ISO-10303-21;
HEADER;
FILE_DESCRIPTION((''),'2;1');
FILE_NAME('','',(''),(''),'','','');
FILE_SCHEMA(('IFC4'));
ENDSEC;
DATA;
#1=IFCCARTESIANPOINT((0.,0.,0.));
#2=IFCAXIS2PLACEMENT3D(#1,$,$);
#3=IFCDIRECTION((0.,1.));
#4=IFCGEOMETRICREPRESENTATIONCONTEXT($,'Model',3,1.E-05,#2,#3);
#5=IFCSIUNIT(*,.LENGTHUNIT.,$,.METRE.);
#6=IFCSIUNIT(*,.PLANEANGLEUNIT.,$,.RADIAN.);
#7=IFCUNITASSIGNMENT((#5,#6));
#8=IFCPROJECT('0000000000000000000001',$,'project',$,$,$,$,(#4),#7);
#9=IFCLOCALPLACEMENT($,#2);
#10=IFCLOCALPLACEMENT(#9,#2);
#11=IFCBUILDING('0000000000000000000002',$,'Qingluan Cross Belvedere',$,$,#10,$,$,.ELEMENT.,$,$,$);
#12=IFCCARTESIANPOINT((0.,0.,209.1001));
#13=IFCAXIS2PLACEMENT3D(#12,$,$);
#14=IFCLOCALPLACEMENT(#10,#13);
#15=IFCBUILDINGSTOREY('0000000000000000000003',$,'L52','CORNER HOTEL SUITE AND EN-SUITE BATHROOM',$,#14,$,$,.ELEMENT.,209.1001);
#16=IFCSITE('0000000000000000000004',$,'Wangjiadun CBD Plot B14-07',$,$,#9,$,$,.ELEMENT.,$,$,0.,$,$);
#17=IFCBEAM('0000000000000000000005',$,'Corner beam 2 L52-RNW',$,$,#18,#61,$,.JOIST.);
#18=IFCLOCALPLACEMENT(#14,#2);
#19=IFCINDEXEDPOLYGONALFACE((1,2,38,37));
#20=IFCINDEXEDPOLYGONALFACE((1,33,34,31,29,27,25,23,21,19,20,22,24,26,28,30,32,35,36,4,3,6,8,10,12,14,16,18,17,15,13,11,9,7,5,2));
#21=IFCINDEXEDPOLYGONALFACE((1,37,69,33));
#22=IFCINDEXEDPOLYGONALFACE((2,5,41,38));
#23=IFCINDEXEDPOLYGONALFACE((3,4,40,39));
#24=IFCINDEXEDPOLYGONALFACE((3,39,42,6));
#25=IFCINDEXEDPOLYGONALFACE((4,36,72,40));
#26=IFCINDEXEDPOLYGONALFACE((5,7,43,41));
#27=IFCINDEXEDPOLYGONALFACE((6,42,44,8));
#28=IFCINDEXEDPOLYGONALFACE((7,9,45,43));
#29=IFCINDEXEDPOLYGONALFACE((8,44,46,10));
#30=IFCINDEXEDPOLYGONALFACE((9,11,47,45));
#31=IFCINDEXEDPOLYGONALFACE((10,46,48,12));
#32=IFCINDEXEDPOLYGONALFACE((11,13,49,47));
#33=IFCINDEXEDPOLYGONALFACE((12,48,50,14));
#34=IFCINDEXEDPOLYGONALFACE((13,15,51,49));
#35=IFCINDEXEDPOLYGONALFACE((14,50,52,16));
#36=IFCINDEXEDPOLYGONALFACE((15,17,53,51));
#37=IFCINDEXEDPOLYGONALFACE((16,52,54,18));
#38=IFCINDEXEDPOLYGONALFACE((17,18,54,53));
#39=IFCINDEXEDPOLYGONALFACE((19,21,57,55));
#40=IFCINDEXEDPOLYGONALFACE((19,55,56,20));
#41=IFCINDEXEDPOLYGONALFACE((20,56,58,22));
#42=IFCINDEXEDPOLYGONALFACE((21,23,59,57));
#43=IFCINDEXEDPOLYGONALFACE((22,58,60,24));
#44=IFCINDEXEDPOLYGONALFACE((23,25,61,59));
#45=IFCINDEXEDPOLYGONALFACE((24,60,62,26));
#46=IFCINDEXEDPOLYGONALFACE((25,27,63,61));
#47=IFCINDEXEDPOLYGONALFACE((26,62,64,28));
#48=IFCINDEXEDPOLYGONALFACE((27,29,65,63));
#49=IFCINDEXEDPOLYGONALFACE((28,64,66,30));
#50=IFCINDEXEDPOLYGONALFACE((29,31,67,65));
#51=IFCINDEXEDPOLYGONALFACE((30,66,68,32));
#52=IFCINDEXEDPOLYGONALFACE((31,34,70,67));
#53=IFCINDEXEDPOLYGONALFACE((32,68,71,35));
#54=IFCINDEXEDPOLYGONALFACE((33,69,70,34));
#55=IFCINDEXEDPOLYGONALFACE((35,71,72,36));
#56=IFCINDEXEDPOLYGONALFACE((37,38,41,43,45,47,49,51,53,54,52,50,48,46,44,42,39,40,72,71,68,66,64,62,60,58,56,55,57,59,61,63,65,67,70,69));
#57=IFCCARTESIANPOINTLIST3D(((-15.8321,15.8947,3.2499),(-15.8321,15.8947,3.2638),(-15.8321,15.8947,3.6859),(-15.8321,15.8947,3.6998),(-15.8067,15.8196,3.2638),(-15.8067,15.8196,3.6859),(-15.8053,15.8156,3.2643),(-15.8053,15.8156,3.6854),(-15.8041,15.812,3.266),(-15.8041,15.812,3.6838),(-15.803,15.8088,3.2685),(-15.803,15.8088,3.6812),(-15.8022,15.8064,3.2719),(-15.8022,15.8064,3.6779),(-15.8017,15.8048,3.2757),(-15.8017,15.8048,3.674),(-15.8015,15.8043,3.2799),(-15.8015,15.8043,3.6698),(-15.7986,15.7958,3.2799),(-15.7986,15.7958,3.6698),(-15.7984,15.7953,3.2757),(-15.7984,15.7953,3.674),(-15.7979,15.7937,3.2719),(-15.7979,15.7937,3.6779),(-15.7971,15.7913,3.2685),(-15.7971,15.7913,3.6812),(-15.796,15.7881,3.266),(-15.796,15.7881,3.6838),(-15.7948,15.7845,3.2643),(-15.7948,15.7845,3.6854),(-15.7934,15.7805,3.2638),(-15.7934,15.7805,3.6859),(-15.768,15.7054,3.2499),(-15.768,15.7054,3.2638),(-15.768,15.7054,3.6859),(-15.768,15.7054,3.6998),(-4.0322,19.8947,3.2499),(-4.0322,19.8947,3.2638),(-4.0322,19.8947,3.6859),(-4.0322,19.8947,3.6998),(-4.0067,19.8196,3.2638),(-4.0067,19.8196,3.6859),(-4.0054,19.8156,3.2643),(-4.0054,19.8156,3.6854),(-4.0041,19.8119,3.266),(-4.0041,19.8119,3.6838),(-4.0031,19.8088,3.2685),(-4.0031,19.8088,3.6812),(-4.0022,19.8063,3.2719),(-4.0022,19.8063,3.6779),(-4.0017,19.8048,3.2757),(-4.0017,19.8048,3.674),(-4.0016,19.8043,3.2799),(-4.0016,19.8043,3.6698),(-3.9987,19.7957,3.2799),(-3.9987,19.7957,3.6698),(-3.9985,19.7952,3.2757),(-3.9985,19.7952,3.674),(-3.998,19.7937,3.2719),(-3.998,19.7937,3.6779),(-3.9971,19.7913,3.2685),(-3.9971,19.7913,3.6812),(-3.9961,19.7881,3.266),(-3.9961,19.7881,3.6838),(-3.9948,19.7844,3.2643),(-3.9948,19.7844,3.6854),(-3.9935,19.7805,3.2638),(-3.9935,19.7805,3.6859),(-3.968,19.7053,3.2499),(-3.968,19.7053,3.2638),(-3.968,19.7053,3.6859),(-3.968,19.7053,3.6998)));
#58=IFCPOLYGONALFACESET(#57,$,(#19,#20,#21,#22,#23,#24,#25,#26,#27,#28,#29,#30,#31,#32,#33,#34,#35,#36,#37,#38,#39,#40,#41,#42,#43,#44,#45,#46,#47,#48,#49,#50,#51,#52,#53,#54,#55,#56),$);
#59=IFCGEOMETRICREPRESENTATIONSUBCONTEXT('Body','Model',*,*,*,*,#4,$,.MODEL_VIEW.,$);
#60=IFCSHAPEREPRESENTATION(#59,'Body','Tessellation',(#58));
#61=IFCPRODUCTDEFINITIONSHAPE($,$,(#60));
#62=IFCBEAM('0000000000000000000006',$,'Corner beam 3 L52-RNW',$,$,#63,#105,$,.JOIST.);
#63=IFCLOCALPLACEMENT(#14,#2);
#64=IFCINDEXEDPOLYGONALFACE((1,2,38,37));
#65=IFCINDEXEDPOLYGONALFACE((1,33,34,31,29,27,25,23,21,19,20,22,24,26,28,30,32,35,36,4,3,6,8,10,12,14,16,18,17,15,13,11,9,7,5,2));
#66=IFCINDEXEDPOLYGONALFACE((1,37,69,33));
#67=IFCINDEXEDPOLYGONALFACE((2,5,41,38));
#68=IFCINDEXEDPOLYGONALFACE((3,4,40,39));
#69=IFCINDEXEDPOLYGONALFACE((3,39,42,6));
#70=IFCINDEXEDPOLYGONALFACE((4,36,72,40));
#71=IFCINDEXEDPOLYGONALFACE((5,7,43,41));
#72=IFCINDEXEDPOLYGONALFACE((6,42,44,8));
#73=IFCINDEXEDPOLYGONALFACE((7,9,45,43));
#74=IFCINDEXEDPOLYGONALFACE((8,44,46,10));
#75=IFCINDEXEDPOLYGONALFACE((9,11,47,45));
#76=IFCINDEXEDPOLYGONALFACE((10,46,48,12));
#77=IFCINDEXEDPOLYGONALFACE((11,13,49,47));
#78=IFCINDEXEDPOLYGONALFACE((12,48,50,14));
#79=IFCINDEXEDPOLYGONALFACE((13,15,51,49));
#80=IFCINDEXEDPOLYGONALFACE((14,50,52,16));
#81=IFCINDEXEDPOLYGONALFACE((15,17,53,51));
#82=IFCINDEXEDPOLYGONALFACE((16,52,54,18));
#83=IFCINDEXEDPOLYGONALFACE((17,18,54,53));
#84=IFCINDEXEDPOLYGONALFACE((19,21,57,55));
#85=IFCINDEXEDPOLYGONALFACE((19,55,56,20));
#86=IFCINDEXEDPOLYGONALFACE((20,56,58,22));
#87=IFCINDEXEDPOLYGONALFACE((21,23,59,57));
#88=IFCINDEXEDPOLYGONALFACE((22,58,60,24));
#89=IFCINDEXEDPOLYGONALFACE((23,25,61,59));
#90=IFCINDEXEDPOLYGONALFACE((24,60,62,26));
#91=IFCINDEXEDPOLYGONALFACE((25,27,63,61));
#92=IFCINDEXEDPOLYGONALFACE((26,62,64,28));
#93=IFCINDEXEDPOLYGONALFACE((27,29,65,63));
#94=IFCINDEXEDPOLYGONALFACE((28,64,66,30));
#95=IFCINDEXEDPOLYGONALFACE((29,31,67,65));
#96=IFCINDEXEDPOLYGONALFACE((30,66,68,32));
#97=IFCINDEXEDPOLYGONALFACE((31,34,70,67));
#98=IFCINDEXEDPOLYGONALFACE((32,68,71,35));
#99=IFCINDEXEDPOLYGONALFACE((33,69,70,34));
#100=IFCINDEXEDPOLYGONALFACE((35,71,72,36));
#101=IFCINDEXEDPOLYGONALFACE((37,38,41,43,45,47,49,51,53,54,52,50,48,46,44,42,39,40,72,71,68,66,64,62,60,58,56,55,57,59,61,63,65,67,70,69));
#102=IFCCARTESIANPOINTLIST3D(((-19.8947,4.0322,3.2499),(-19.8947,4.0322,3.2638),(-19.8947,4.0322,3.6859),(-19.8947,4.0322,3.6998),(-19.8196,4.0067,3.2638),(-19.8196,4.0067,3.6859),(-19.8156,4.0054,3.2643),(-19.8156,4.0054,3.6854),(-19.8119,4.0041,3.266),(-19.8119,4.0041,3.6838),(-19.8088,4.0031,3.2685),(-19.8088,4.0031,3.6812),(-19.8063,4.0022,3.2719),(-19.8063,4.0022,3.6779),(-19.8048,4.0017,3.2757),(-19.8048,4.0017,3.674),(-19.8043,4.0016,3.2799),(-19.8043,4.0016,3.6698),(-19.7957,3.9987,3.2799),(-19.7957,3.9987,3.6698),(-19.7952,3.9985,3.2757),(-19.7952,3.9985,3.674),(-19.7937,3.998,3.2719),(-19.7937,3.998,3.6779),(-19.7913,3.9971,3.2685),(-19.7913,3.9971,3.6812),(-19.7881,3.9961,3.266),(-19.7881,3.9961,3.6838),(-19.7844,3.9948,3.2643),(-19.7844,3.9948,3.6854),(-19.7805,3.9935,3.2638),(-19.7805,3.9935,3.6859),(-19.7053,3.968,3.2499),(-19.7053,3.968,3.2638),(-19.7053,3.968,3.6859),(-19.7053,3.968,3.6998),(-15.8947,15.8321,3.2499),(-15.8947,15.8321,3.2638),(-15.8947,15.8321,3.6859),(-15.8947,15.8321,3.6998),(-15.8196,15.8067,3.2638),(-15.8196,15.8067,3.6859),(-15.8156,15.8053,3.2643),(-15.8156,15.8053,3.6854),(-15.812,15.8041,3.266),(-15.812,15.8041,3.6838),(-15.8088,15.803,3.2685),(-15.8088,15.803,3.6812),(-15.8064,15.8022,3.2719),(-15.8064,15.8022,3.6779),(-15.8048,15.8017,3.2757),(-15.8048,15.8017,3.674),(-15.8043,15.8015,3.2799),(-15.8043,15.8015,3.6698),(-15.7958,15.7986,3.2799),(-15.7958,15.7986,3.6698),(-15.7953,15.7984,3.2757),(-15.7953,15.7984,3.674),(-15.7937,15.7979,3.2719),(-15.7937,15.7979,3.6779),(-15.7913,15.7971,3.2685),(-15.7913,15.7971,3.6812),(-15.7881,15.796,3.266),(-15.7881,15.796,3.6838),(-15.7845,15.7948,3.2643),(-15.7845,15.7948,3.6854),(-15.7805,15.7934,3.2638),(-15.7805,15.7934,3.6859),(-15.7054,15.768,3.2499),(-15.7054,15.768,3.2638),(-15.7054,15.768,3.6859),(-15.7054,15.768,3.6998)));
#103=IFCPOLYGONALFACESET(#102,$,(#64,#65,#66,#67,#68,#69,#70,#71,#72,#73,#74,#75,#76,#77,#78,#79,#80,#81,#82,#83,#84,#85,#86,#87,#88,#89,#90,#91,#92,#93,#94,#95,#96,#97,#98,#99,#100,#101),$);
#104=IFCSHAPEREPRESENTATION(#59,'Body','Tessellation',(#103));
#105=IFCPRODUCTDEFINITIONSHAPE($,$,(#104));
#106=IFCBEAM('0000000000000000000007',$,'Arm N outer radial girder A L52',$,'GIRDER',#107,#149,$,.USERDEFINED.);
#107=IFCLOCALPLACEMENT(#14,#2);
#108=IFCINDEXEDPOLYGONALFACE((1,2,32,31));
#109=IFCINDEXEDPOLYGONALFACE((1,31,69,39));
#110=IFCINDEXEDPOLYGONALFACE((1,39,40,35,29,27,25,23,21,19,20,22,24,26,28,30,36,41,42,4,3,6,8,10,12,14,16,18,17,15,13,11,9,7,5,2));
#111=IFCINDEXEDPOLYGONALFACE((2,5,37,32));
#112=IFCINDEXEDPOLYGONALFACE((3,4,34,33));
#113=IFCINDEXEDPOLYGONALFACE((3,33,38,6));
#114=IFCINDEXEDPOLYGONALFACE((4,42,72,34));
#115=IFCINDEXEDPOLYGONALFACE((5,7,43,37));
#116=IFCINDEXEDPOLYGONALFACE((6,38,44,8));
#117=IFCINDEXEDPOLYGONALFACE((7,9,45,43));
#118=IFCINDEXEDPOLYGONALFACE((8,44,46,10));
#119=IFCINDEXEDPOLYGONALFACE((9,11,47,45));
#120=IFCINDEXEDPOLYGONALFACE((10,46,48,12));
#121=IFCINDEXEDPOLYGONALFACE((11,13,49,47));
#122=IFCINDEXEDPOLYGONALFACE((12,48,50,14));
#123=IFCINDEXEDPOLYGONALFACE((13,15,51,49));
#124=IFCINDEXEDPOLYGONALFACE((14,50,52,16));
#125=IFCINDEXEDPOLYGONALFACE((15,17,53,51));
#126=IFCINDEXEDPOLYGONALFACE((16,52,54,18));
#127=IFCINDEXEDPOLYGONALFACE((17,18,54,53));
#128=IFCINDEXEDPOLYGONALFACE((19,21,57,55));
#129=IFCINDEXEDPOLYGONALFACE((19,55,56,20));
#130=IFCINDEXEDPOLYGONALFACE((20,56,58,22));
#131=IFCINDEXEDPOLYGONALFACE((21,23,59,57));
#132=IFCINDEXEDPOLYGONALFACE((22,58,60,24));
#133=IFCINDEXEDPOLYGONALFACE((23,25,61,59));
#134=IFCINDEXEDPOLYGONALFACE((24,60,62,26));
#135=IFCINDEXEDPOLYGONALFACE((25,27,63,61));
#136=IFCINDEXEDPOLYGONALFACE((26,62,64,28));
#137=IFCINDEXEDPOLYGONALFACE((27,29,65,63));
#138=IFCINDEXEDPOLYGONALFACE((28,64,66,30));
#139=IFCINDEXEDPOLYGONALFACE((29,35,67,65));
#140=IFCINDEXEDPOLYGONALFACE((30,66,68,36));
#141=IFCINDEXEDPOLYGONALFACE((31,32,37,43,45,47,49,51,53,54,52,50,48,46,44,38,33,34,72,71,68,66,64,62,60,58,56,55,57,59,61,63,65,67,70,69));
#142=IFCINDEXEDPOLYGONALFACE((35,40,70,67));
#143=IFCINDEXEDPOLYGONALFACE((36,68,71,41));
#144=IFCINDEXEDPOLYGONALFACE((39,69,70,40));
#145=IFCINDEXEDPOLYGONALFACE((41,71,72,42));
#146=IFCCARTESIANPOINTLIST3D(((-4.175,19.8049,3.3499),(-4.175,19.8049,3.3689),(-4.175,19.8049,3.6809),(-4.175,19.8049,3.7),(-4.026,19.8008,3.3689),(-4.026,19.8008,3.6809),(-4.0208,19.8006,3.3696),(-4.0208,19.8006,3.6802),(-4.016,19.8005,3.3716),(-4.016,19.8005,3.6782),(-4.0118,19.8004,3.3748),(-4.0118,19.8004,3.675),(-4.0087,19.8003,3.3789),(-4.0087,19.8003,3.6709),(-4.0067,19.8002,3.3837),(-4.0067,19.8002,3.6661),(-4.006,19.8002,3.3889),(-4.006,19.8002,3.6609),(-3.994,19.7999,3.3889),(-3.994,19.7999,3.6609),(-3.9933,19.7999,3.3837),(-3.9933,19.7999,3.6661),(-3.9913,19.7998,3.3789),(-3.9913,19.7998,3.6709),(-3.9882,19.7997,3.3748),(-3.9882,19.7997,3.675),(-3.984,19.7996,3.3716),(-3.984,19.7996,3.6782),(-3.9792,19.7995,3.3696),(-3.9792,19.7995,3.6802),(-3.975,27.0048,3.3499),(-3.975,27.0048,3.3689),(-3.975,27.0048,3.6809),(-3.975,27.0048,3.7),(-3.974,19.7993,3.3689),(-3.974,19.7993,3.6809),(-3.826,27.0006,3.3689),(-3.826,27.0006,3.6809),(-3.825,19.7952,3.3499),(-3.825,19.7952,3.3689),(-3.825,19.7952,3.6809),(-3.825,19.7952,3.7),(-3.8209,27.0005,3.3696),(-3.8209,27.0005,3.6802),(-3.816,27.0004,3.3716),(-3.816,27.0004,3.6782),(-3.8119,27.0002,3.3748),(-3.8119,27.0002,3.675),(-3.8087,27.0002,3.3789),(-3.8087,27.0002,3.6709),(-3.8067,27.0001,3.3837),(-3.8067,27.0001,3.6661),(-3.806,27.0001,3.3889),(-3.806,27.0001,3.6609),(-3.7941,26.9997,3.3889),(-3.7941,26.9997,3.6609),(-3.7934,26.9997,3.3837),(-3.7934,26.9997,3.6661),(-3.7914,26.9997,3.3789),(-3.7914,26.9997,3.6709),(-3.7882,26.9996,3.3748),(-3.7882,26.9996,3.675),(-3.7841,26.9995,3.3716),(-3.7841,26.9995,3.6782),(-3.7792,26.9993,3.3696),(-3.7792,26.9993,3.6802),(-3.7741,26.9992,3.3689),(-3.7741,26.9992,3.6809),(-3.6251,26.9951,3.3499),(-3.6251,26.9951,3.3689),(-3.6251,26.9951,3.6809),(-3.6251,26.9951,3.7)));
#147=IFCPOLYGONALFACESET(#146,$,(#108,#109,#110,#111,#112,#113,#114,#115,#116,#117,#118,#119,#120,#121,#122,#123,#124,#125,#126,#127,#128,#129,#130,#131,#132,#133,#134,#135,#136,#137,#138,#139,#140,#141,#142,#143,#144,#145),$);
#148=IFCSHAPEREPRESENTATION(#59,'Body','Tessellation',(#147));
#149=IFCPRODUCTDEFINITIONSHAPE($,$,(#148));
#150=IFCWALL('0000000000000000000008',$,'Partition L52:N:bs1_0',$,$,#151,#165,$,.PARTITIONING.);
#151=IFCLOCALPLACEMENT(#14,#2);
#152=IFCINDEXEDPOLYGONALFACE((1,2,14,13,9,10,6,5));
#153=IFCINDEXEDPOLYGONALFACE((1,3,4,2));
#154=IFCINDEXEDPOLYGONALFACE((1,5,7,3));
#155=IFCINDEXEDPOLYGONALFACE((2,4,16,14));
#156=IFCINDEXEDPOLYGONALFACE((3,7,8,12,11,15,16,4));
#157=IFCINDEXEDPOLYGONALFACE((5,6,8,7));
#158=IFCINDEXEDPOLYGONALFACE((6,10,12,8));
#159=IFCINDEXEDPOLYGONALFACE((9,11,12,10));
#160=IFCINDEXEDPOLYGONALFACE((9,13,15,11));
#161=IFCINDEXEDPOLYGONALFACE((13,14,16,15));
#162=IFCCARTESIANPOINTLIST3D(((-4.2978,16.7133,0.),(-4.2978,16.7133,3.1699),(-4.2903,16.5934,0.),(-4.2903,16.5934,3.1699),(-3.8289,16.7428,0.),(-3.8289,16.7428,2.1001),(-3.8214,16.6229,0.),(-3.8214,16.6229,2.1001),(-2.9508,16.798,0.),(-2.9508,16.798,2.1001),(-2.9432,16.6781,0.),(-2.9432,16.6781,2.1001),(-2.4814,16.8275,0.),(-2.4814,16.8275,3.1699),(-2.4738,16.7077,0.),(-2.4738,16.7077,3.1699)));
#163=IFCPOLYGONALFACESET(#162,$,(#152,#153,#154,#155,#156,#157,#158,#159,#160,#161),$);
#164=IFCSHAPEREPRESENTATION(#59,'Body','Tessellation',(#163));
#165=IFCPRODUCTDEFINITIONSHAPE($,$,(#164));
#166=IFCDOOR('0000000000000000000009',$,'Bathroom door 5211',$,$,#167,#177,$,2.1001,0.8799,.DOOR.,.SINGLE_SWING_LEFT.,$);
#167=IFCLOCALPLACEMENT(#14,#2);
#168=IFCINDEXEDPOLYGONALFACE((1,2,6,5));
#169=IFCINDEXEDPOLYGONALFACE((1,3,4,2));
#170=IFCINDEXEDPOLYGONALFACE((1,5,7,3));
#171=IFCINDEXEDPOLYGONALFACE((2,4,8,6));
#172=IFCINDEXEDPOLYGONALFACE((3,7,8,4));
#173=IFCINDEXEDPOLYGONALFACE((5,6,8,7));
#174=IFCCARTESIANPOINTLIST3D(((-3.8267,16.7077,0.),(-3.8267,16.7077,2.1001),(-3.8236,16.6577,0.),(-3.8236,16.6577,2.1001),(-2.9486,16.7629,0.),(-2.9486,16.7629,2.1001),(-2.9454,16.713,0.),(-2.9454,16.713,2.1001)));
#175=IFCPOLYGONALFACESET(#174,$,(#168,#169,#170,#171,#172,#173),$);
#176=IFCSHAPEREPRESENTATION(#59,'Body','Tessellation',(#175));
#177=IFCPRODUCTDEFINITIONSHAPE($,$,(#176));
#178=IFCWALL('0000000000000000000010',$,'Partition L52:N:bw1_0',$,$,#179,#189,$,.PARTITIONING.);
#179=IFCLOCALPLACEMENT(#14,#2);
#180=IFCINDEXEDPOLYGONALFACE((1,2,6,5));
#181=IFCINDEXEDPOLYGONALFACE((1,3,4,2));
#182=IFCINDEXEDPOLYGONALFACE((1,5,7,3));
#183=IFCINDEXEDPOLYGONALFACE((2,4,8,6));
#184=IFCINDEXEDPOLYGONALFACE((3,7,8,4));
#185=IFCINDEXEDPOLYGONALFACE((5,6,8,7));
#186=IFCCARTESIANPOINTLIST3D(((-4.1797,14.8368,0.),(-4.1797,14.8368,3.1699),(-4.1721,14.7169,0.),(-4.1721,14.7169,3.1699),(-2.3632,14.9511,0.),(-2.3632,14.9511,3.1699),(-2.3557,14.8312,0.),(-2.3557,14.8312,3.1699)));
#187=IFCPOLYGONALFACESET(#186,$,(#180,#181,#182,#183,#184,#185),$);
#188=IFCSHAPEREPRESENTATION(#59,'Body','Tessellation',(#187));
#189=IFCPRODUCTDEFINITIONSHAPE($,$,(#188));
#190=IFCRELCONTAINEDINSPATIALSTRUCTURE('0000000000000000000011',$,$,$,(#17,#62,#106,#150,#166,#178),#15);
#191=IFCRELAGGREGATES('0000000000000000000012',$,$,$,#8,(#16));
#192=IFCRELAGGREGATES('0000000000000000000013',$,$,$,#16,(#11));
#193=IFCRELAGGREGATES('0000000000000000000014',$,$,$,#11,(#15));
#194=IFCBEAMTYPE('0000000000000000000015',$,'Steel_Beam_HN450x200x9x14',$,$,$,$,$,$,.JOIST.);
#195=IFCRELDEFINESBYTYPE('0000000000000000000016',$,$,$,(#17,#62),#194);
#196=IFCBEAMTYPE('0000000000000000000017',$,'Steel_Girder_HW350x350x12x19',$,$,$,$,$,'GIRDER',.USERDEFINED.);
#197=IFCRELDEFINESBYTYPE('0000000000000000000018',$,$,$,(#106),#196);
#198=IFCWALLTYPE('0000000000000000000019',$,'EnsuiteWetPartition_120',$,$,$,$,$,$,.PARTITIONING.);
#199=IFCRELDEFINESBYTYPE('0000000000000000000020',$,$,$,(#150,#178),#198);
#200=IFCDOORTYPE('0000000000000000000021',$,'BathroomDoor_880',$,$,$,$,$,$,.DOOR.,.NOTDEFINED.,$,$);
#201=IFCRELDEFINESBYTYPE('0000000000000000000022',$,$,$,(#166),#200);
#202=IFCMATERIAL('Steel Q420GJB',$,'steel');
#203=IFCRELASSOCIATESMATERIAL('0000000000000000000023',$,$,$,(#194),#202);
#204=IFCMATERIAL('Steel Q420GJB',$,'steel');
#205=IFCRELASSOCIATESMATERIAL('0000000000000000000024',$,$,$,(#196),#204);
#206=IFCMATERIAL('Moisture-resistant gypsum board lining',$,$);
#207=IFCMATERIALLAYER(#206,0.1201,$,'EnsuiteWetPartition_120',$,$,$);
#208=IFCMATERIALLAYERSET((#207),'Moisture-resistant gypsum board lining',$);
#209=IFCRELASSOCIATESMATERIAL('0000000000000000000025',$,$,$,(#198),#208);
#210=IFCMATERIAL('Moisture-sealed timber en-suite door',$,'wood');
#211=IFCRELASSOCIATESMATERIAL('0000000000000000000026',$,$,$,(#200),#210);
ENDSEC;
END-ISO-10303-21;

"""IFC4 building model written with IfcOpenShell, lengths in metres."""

from ifc_helpers import new_model, si_unit, direction, frame, frame_2d, origin, origin_2d, place, context, subcontext, project, spatial, rectangle, i_section, extrude, material, layer, layer_set, material_profile, profile_set, type_object, element, fill, save


model = new_model("IFC4")

# Units and contexts
model_context = context("Model", 3, precision=1e-05, world=origin(), true_north=direction((0.0, 1.0)))
body_context = subcontext(model_context, "Body", "Model", "MODEL_VIEW")
ifc_project = project(units=[si_unit("LENGTHUNIT", "METRE"), si_unit("PLANEANGLEUNIT", "RADIAN")], contexts=[model_context])

# Site, building, storey
site_placement = place(None, origin())
site = spatial("IfcSite", under=ifc_project, at=site_placement, Name="Wangjiadun CBD Plot B14-07", CompositionType="ELEMENT", RefElevation=0.0)
building_placement = place(site_placement, origin())
building = spatial("IfcBuilding", under=site, at=building_placement, Name="Qingluan Cross Belvedere", CompositionType="ELEMENT")
storey_placement = place(building_placement, frame((0.0, 0.0, 209.1001)))
storey = spatial("IfcBuildingStorey", under=building, at=storey_placement, Name="L52", Description="CORNER HOTEL SUITE AND EN-SUITE BATHROOM", CompositionType="ELEMENT", Elevation=209.1001)

# Beams
ifc_material_1 = material(Name="Steel Q420GJB", Category="steel")
ifc_material_profile_1 = material_profile(ifc_material_1, i_section(OverallWidth=0.2, OverallDepth=0.45, WebThickness=0.009, FlangeThickness=0.0139, FilletRadius=0.0161, at=origin_2d()), Name="HN450x200x9x14")
ifc_profile_set_1 = profile_set([ifc_material_profile_1], Name="Steel Q420GJB")
beam_type_1 = type_object("IfcBeamType", Name="Steel_Beam_HN450x200x9x14", PredefinedType="JOIST", material=ifc_profile_set_1)
for number, where, z_axis, x_axis, name in (
    (1, (-15.8, 15.8, 3.4749), (0.947066, 0.321038, 0.0), (-0.321038, 0.947066, 0.0), "Corner beam 2 L52-RNW"),
    (2, (-15.8, 15.8, 3.4749), (-0.321038, -0.947066, 0.0), (0.947066, -0.321038, 0.0), "Corner beam 3 L52-RNW"),
):
    element("IfcBeam", number, at=place(storey_placement, frame(where, z_axis=z_axis, x_axis=x_axis)), inside=storey, type_object=beam_type_1, Name=name, PredefinedType="JOIST", context=body_context, shape_type="SweptSolid", body=[
        extrude(i_section(OverallWidth=0.2, OverallDepth=0.45, WebThickness=0.009, FlangeThickness=0.0139, FilletRadius=0.0161, at=origin_2d()), origin(), (0.0, 0.0, 1.0), 12.4595),
    ])
ifc_material_2 = material(Name="Steel Q420GJB", Category="steel")
ifc_material_profile_2 = material_profile(ifc_material_2, i_section(OverallWidth=0.3501, OverallDepth=0.3501, WebThickness=0.012, FlangeThickness=0.019, FilletRadius=0.02, at=origin_2d()), Name="HW350x350x12x19")
ifc_profile_set_2 = profile_set([ifc_material_profile_2], Name="Steel Q420GJB")
beam_type_2 = type_object("IfcBeamType", Name="Steel_Girder_HW350x350x12x19", ElementType="GIRDER", PredefinedType="USERDEFINED", material=ifc_profile_set_2)
beam_1_placement = place(storey_placement, frame((-4.0, 19.8, 3.5249), z_axis=(0.02776, 0.999615, 0.0), x_axis=(-0.999615, 0.02776, 0.0)))
element("IfcBeam", 3, at=beam_1_placement, inside=storey, type_object=beam_type_2, Name="Arm N outer radial girder A L52", ObjectType="GIRDER", PredefinedType="USERDEFINED", context=body_context, shape_type="SweptSolid", body=[
    extrude(i_section(OverallWidth=0.3501, OverallDepth=0.3501, WebThickness=0.012, FlangeThickness=0.019, FilletRadius=0.02, at=origin_2d()), origin(), (0.0, 0.0, 1.0), 7.2026),
])

# Wall, opening, door
ifc_material_3 = material(Name="Moisture-resistant gypsum board lining")
ifc_layer_1 = layer(ifc_material_3, 0.1201, Name="EnsuiteWetPartition_120")
ifc_layer_set_1 = layer_set([ifc_layer_1], Name="Moisture-resistant gypsum board lining")
wall_type_1 = type_object("IfcWallType", Name="EnsuiteWetPartition_120", PredefinedType="PARTITIONING", material=ifc_layer_set_1)
wall_1_placement = place(storey_placement, frame((-4.2942, 16.6533, 0.0), z_axis=(0.0, 0.0, 1.0), x_axis=(0.998027, 0.062779, 0.0)))
wall_1 = element("IfcWall", 4, at=wall_1_placement, inside=storey, type_object=wall_type_1, Name="Partition L52:N:bs1_0", PredefinedType="PARTITIONING", context=body_context, shape_type="SweptSolid", body=[
    extrude(rectangle(XDim=1.8201, YDim=0.1201, at=frame_2d((0.9102, 0.0))), origin(), (0.0, 0.0, 1.0), 3.1699),
])
opening_1_placement = place(wall_1_placement, frame((0.47, 0.0, 0.0)))
opening_1 = element("IfcOpeningElement", 5, at=opening_1_placement, cuts=wall_1, PredefinedType="OPENING", context=body_context, shape_type="SweptSolid", body=[
    extrude(rectangle(XDim=0.8799, YDim=2.1001, at=frame_2d((0.4399, 1.05))), frame((0.0, 0.0701, 0.0), z_axis=(0.0, -1.0, 0.0), x_axis=(1.0, 0.0, 0.0)), (0.0, 0.0, 1.0), 0.1401),
])
ifc_material_4 = material(Name="Moisture-sealed timber en-suite door", Category="wood")
door_type = type_object("IfcDoorType", Name="BathroomDoor_880", OperationType="NOTDEFINED", PredefinedType="DOOR", material=ifc_material_4)
door_1_placement = place(opening_1_placement, origin())
door_1 = element("IfcDoor", 6, at=door_1_placement, inside=storey, type_object=door_type, Name="Bathroom door 5211", OperationType="SINGLE_SWING_LEFT", OverallHeight=2.1001, OverallWidth=0.8799, PredefinedType="DOOR", context=body_context, shape_type="SweptSolid", body=[
    extrude(rectangle(XDim=0.8799, YDim=2.1001, at=frame_2d((0.4399, 1.05))), frame((0.0, 0.0249, 0.0), z_axis=(0.0, -1.0, 0.0), x_axis=(1.0, 0.0, 0.0)), (0.0, 0.0, 1.0), 0.05),
])
fill(opening_1, door_1)

# Wall
wall_2_placement = place(storey_placement, frame((-4.176, 14.7769, 0.0), z_axis=(0.0, 0.0, 1.0), x_axis=(0.998027, 0.062779, 0.0)))
element("IfcWall", 7, at=wall_2_placement, inside=storey, type_object=wall_type_1, Name="Partition L52:N:bw1_0", PredefinedType="PARTITIONING", context=body_context, shape_type="SweptSolid", body=[
    extrude(rectangle(XDim=1.8201, YDim=0.1201, at=frame_2d((0.9102, 0.0))), origin(), (0.0, 0.0, 1.0), 3.1699),
])

save(model, "model.ifc")
